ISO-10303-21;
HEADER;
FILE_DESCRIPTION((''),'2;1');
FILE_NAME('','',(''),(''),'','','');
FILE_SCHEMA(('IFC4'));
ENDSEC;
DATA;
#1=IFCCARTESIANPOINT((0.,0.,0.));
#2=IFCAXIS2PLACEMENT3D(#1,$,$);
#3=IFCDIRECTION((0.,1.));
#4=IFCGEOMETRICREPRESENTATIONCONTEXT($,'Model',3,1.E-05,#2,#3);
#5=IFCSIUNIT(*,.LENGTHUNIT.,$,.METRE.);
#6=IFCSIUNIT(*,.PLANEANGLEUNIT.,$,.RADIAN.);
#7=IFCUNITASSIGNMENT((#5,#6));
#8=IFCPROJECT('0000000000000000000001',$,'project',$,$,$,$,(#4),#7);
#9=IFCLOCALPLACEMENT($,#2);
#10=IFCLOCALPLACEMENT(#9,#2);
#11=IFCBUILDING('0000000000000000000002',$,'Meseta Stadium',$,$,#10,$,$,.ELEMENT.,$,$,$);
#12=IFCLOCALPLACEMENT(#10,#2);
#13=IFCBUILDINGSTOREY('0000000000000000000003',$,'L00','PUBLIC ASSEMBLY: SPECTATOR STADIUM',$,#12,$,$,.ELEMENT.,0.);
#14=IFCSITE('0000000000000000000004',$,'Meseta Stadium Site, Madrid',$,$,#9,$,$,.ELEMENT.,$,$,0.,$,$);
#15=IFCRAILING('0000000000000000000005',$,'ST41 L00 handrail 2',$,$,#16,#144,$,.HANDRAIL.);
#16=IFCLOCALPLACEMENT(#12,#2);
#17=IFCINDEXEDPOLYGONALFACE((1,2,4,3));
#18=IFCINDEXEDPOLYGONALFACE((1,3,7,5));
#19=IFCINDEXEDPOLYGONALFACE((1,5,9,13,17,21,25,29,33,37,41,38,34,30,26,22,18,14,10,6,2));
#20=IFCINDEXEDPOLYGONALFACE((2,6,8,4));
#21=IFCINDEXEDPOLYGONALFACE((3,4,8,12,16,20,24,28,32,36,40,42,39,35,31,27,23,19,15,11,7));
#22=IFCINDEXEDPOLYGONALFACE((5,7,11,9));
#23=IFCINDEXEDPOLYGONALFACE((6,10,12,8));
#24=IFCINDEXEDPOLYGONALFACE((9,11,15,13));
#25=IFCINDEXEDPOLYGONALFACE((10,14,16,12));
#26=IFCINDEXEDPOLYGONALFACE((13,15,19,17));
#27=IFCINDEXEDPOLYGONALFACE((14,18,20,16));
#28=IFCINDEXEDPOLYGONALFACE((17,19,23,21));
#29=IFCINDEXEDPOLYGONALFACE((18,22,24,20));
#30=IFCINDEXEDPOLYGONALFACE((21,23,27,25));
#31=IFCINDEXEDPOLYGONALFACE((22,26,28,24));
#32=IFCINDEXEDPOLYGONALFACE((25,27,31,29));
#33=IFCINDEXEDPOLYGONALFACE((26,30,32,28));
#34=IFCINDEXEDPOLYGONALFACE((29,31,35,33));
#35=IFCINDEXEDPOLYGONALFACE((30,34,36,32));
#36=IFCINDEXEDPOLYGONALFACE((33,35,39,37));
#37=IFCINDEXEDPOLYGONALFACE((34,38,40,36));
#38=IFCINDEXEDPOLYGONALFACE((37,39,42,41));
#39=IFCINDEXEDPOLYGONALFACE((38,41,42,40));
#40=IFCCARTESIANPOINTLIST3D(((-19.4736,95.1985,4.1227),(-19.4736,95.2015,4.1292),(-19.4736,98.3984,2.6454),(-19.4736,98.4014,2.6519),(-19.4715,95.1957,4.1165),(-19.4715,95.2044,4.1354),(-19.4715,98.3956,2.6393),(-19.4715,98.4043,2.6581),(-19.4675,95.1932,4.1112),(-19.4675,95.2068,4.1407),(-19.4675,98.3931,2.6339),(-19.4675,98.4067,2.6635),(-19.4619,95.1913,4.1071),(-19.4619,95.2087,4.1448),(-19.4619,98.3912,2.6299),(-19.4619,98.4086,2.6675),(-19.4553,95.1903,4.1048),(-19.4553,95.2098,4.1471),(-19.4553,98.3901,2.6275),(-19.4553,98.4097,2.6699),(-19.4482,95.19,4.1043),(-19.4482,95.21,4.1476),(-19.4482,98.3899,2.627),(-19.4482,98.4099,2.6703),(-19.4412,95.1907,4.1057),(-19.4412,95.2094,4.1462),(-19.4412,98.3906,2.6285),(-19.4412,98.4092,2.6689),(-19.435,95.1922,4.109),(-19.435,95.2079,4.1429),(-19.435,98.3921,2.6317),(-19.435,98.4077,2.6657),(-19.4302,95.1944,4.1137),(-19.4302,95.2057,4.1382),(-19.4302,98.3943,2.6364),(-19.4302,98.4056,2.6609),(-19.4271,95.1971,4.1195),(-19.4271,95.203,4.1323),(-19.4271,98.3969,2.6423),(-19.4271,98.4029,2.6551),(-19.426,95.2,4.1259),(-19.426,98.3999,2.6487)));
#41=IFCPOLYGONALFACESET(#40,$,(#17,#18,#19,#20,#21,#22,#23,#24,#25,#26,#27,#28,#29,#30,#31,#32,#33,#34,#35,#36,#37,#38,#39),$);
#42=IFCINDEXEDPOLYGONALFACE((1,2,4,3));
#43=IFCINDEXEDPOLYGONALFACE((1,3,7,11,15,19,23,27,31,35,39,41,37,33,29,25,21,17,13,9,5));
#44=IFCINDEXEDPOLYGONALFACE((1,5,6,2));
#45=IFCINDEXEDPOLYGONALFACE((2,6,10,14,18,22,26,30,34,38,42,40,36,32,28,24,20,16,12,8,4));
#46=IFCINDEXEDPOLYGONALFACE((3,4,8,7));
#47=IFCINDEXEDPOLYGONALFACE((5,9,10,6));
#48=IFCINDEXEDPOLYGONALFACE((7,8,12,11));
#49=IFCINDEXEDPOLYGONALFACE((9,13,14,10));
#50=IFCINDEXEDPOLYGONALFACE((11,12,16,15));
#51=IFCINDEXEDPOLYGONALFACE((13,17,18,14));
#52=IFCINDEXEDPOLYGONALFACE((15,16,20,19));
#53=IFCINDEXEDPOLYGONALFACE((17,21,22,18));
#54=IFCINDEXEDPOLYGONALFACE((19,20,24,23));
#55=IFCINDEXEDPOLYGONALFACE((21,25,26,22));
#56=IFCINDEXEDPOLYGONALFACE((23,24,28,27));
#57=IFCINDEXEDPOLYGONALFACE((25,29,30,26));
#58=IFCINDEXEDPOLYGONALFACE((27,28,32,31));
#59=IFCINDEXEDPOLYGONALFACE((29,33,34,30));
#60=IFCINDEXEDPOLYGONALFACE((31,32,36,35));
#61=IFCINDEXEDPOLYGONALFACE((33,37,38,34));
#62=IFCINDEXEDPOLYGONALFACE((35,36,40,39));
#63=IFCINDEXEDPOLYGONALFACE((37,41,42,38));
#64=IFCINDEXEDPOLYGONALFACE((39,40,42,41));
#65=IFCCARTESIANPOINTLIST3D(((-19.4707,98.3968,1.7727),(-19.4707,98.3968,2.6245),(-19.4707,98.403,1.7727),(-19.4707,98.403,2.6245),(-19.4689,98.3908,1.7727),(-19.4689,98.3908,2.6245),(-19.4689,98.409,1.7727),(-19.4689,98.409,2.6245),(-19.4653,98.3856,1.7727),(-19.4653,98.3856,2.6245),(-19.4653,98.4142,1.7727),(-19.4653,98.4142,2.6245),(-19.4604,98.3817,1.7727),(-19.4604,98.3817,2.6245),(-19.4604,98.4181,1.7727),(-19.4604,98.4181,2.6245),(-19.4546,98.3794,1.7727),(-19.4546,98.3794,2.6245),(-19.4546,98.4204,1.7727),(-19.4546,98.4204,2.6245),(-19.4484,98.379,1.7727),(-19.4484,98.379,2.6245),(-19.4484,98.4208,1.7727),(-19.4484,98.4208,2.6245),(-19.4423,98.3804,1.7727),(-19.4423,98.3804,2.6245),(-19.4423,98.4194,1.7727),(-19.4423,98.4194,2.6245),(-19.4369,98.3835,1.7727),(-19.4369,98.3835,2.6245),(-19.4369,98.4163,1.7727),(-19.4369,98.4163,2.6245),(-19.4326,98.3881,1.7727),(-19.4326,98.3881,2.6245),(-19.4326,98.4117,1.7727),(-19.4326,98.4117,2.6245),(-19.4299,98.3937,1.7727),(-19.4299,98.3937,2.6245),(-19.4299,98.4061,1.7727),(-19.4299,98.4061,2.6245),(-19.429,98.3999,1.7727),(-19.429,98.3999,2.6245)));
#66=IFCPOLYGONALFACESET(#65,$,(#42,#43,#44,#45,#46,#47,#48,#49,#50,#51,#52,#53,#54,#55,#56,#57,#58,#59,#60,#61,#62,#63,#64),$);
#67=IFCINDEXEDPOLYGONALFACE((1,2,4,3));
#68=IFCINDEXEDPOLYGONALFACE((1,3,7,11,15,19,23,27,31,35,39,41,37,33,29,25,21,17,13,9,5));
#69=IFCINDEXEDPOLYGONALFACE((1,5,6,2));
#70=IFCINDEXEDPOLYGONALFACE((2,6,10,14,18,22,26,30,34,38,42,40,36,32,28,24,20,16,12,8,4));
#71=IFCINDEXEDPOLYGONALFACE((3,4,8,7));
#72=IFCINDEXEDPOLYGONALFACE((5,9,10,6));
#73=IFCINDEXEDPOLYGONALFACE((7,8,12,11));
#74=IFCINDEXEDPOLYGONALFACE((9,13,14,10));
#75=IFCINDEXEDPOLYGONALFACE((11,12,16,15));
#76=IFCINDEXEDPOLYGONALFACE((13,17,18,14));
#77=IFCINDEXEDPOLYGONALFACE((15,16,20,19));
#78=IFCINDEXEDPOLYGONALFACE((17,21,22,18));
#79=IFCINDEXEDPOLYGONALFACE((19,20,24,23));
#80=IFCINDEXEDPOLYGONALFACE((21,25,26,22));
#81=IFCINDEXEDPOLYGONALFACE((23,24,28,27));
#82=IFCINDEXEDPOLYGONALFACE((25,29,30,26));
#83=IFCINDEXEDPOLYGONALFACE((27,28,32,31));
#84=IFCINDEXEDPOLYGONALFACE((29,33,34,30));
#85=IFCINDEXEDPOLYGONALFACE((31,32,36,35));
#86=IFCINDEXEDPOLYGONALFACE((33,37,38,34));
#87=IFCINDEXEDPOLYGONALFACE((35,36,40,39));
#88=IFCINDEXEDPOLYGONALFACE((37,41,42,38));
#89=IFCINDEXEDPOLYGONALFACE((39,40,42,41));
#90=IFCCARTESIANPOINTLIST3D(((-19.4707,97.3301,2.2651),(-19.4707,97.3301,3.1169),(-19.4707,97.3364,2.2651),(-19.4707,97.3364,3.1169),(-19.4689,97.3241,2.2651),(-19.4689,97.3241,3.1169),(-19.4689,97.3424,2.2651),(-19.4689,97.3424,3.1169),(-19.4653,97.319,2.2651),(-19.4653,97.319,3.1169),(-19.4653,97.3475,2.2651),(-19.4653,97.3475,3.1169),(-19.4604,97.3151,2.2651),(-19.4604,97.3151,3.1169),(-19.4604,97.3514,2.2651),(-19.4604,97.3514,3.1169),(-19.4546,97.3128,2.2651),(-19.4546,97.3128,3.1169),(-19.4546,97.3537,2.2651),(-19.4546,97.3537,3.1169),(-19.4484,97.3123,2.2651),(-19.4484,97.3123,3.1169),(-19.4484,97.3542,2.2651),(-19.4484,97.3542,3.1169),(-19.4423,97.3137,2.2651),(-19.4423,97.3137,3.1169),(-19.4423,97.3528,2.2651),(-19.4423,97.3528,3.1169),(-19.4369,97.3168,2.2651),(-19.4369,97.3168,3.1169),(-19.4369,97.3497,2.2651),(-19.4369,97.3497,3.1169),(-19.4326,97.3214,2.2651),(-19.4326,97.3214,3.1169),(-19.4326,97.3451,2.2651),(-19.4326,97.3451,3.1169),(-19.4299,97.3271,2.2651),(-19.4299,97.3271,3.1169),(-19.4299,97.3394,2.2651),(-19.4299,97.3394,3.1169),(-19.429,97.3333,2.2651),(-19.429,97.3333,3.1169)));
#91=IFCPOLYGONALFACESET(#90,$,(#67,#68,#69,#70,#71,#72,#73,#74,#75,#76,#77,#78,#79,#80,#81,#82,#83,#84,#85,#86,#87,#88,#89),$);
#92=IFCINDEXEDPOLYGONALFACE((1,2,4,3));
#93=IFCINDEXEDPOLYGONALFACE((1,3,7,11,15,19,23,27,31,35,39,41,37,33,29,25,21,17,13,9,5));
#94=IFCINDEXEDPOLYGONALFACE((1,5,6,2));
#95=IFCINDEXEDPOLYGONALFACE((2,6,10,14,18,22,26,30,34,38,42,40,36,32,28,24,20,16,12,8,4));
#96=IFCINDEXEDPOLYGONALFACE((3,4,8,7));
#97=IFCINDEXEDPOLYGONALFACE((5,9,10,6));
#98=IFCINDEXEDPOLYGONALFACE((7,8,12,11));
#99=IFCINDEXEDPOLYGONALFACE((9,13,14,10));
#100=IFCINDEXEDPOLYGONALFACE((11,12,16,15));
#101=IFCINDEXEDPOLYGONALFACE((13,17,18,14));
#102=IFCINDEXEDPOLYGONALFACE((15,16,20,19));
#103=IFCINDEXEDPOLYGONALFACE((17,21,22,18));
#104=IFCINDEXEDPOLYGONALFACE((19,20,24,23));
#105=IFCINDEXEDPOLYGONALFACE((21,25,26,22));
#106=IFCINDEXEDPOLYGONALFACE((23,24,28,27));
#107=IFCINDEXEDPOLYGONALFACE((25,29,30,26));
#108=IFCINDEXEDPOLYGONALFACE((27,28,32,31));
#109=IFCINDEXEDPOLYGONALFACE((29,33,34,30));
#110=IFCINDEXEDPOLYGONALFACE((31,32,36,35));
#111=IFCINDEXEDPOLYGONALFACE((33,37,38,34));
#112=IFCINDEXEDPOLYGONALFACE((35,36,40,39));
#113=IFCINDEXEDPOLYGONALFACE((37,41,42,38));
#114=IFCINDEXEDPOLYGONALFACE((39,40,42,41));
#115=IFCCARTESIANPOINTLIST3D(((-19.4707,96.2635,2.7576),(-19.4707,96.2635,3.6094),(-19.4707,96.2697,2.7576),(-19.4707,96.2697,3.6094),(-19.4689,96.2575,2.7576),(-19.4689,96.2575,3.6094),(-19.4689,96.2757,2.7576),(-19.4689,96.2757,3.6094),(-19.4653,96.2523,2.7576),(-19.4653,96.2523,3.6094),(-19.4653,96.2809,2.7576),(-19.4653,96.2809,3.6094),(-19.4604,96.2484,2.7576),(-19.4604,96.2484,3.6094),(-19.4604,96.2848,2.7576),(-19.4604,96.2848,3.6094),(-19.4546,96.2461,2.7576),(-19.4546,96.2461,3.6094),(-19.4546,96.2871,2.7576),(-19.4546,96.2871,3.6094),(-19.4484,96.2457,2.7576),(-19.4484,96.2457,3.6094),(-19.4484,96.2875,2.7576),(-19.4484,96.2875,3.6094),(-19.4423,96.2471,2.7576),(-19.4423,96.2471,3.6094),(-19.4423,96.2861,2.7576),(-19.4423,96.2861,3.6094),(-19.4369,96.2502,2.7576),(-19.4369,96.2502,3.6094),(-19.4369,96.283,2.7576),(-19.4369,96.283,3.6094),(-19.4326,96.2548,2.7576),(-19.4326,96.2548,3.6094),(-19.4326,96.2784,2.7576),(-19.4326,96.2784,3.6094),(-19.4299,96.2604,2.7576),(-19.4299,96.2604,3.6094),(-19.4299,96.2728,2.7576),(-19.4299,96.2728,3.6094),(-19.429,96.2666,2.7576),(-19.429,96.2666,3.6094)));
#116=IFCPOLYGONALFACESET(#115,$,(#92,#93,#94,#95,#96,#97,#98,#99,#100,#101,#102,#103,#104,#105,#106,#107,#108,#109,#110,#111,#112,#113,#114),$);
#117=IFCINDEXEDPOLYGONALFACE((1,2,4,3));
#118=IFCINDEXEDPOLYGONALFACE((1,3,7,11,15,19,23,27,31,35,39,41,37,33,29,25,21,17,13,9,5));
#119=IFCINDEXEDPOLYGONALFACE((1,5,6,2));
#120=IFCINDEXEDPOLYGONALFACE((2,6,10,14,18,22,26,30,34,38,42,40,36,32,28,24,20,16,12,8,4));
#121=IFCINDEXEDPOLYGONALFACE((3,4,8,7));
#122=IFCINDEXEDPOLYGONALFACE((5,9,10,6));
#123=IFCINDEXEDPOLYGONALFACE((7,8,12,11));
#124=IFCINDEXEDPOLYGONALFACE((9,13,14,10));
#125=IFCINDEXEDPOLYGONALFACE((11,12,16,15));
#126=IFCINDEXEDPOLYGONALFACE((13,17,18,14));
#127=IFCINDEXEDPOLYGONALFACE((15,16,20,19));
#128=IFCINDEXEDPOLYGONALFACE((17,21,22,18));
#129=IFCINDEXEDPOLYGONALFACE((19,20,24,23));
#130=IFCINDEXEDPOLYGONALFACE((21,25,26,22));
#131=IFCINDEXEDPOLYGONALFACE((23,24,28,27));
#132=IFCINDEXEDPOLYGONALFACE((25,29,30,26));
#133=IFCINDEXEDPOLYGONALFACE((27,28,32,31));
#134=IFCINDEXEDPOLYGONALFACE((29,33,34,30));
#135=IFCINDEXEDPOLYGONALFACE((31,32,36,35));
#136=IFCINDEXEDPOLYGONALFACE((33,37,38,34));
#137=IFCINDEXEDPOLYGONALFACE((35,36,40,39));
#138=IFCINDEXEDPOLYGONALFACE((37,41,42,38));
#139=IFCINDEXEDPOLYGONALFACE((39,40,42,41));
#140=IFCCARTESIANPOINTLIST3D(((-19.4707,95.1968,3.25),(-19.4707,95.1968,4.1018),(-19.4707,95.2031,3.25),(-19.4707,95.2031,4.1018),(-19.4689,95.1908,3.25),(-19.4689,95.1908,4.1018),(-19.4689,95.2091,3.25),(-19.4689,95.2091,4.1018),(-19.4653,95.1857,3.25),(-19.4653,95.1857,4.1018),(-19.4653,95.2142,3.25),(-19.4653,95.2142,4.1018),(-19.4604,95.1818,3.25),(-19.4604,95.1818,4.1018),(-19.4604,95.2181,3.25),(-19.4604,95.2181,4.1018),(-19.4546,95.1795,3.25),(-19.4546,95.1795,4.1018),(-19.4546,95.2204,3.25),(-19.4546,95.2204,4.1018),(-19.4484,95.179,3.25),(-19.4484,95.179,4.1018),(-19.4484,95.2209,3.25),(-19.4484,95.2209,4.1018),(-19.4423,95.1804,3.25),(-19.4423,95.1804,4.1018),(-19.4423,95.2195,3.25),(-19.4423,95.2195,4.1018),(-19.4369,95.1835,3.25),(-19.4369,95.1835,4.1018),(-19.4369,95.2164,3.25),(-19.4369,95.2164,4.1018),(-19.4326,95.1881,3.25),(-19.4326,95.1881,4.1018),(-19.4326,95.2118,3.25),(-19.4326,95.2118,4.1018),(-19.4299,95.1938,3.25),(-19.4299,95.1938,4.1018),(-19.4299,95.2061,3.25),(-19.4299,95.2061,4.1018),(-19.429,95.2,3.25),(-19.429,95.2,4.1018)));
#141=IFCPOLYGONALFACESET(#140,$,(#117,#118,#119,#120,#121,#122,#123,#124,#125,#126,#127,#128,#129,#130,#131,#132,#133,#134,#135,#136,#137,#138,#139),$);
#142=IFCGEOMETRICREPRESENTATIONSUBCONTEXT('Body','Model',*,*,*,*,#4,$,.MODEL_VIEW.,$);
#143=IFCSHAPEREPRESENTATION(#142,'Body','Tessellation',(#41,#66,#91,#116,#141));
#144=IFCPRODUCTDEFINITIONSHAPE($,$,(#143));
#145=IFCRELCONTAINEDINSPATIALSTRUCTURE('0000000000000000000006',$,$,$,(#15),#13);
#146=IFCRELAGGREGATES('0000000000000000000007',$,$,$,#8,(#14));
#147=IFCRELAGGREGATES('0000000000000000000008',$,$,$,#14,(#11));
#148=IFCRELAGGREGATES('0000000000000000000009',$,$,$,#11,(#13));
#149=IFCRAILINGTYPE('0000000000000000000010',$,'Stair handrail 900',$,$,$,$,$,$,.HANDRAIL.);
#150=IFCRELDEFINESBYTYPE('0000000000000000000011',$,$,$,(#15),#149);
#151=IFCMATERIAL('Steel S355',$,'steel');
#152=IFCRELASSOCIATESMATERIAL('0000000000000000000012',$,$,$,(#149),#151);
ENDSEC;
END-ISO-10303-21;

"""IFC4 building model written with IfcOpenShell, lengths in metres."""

from ifc_helpers import new_model, si_unit, direction, frame, origin, origin_2d, place, context, subcontext, project, spatial, circle, extrude, material, type_object, element, save


model = new_model("IFC4")

# Units and contexts
model_context = context("Model", 3, precision=1e-05, world=origin(), true_north=direction((0.0, 1.0)))
body_context = subcontext(model_context, "Body", "Model", "MODEL_VIEW")
ifc_project = project(units=[si_unit("LENGTHUNIT", "METRE"), si_unit("PLANEANGLEUNIT", "RADIAN")], contexts=[model_context])

# Site, building, storey
site_placement = place(None, origin())
site = spatial("IfcSite", under=ifc_project, at=site_placement, Name="Meseta Stadium Site, Madrid", CompositionType="ELEMENT", RefElevation=0.0)
building_placement = place(site_placement, origin())
building = spatial("IfcBuilding", under=site, at=building_placement, Name="Meseta Stadium", CompositionType="ELEMENT")
storey_placement = place(building_placement, origin())
storey = spatial("IfcBuildingStorey", under=building, at=storey_placement, Name="L00", Description="PUBLIC ASSEMBLY: SPECTATOR STADIUM", CompositionType="ELEMENT", Elevation=0.0)

# Railing
ifc_material_1 = material(Name="Steel S355", Category="steel")
railing_type_1 = type_object("IfcRailingType", Name="Stair handrail 900", PredefinedType="HANDRAIL", material=ifc_material_1)
railing_1_placement = place(storey_placement, frame((-19.45, 98.3999, 1.7727)))
element("IfcRailing", 1, at=railing_1_placement, inside=storey, type_object=railing_type_1, Name="ST41 L00 handrail 2", PredefinedType="HANDRAIL", context=body_context, shape_type="SweptSolid", body=[
    extrude(circle(Radius=0.0239, at=origin_2d()), frame((0.0, 0.0, 0.876), z_axis=(0.0, -0.907917, 0.41915), x_axis=(1.0, 0.0, 0.0)), (0.0, 0.0, 1.0), 3.5244),
    extrude(circle(Radius=0.021, at=origin_2d()), origin(), (0.0, 0.0, 1.0), 0.8518),
    extrude(circle(Radius=0.021, at=origin_2d()), frame((0.0, -1.0667, 0.4924)), (0.0, 0.0, 1.0), 0.8518),
    extrude(circle(Radius=0.021, at=origin_2d()), frame((0.0, -2.1333, 0.9849)), (0.0, 0.0, 1.0), 0.8518),
    extrude(circle(Radius=0.021, at=origin_2d()), frame((0.0, -3.2, 1.4773)), (0.0, 0.0, 1.0), 0.8518),
])

save(model, "model.ifc")
